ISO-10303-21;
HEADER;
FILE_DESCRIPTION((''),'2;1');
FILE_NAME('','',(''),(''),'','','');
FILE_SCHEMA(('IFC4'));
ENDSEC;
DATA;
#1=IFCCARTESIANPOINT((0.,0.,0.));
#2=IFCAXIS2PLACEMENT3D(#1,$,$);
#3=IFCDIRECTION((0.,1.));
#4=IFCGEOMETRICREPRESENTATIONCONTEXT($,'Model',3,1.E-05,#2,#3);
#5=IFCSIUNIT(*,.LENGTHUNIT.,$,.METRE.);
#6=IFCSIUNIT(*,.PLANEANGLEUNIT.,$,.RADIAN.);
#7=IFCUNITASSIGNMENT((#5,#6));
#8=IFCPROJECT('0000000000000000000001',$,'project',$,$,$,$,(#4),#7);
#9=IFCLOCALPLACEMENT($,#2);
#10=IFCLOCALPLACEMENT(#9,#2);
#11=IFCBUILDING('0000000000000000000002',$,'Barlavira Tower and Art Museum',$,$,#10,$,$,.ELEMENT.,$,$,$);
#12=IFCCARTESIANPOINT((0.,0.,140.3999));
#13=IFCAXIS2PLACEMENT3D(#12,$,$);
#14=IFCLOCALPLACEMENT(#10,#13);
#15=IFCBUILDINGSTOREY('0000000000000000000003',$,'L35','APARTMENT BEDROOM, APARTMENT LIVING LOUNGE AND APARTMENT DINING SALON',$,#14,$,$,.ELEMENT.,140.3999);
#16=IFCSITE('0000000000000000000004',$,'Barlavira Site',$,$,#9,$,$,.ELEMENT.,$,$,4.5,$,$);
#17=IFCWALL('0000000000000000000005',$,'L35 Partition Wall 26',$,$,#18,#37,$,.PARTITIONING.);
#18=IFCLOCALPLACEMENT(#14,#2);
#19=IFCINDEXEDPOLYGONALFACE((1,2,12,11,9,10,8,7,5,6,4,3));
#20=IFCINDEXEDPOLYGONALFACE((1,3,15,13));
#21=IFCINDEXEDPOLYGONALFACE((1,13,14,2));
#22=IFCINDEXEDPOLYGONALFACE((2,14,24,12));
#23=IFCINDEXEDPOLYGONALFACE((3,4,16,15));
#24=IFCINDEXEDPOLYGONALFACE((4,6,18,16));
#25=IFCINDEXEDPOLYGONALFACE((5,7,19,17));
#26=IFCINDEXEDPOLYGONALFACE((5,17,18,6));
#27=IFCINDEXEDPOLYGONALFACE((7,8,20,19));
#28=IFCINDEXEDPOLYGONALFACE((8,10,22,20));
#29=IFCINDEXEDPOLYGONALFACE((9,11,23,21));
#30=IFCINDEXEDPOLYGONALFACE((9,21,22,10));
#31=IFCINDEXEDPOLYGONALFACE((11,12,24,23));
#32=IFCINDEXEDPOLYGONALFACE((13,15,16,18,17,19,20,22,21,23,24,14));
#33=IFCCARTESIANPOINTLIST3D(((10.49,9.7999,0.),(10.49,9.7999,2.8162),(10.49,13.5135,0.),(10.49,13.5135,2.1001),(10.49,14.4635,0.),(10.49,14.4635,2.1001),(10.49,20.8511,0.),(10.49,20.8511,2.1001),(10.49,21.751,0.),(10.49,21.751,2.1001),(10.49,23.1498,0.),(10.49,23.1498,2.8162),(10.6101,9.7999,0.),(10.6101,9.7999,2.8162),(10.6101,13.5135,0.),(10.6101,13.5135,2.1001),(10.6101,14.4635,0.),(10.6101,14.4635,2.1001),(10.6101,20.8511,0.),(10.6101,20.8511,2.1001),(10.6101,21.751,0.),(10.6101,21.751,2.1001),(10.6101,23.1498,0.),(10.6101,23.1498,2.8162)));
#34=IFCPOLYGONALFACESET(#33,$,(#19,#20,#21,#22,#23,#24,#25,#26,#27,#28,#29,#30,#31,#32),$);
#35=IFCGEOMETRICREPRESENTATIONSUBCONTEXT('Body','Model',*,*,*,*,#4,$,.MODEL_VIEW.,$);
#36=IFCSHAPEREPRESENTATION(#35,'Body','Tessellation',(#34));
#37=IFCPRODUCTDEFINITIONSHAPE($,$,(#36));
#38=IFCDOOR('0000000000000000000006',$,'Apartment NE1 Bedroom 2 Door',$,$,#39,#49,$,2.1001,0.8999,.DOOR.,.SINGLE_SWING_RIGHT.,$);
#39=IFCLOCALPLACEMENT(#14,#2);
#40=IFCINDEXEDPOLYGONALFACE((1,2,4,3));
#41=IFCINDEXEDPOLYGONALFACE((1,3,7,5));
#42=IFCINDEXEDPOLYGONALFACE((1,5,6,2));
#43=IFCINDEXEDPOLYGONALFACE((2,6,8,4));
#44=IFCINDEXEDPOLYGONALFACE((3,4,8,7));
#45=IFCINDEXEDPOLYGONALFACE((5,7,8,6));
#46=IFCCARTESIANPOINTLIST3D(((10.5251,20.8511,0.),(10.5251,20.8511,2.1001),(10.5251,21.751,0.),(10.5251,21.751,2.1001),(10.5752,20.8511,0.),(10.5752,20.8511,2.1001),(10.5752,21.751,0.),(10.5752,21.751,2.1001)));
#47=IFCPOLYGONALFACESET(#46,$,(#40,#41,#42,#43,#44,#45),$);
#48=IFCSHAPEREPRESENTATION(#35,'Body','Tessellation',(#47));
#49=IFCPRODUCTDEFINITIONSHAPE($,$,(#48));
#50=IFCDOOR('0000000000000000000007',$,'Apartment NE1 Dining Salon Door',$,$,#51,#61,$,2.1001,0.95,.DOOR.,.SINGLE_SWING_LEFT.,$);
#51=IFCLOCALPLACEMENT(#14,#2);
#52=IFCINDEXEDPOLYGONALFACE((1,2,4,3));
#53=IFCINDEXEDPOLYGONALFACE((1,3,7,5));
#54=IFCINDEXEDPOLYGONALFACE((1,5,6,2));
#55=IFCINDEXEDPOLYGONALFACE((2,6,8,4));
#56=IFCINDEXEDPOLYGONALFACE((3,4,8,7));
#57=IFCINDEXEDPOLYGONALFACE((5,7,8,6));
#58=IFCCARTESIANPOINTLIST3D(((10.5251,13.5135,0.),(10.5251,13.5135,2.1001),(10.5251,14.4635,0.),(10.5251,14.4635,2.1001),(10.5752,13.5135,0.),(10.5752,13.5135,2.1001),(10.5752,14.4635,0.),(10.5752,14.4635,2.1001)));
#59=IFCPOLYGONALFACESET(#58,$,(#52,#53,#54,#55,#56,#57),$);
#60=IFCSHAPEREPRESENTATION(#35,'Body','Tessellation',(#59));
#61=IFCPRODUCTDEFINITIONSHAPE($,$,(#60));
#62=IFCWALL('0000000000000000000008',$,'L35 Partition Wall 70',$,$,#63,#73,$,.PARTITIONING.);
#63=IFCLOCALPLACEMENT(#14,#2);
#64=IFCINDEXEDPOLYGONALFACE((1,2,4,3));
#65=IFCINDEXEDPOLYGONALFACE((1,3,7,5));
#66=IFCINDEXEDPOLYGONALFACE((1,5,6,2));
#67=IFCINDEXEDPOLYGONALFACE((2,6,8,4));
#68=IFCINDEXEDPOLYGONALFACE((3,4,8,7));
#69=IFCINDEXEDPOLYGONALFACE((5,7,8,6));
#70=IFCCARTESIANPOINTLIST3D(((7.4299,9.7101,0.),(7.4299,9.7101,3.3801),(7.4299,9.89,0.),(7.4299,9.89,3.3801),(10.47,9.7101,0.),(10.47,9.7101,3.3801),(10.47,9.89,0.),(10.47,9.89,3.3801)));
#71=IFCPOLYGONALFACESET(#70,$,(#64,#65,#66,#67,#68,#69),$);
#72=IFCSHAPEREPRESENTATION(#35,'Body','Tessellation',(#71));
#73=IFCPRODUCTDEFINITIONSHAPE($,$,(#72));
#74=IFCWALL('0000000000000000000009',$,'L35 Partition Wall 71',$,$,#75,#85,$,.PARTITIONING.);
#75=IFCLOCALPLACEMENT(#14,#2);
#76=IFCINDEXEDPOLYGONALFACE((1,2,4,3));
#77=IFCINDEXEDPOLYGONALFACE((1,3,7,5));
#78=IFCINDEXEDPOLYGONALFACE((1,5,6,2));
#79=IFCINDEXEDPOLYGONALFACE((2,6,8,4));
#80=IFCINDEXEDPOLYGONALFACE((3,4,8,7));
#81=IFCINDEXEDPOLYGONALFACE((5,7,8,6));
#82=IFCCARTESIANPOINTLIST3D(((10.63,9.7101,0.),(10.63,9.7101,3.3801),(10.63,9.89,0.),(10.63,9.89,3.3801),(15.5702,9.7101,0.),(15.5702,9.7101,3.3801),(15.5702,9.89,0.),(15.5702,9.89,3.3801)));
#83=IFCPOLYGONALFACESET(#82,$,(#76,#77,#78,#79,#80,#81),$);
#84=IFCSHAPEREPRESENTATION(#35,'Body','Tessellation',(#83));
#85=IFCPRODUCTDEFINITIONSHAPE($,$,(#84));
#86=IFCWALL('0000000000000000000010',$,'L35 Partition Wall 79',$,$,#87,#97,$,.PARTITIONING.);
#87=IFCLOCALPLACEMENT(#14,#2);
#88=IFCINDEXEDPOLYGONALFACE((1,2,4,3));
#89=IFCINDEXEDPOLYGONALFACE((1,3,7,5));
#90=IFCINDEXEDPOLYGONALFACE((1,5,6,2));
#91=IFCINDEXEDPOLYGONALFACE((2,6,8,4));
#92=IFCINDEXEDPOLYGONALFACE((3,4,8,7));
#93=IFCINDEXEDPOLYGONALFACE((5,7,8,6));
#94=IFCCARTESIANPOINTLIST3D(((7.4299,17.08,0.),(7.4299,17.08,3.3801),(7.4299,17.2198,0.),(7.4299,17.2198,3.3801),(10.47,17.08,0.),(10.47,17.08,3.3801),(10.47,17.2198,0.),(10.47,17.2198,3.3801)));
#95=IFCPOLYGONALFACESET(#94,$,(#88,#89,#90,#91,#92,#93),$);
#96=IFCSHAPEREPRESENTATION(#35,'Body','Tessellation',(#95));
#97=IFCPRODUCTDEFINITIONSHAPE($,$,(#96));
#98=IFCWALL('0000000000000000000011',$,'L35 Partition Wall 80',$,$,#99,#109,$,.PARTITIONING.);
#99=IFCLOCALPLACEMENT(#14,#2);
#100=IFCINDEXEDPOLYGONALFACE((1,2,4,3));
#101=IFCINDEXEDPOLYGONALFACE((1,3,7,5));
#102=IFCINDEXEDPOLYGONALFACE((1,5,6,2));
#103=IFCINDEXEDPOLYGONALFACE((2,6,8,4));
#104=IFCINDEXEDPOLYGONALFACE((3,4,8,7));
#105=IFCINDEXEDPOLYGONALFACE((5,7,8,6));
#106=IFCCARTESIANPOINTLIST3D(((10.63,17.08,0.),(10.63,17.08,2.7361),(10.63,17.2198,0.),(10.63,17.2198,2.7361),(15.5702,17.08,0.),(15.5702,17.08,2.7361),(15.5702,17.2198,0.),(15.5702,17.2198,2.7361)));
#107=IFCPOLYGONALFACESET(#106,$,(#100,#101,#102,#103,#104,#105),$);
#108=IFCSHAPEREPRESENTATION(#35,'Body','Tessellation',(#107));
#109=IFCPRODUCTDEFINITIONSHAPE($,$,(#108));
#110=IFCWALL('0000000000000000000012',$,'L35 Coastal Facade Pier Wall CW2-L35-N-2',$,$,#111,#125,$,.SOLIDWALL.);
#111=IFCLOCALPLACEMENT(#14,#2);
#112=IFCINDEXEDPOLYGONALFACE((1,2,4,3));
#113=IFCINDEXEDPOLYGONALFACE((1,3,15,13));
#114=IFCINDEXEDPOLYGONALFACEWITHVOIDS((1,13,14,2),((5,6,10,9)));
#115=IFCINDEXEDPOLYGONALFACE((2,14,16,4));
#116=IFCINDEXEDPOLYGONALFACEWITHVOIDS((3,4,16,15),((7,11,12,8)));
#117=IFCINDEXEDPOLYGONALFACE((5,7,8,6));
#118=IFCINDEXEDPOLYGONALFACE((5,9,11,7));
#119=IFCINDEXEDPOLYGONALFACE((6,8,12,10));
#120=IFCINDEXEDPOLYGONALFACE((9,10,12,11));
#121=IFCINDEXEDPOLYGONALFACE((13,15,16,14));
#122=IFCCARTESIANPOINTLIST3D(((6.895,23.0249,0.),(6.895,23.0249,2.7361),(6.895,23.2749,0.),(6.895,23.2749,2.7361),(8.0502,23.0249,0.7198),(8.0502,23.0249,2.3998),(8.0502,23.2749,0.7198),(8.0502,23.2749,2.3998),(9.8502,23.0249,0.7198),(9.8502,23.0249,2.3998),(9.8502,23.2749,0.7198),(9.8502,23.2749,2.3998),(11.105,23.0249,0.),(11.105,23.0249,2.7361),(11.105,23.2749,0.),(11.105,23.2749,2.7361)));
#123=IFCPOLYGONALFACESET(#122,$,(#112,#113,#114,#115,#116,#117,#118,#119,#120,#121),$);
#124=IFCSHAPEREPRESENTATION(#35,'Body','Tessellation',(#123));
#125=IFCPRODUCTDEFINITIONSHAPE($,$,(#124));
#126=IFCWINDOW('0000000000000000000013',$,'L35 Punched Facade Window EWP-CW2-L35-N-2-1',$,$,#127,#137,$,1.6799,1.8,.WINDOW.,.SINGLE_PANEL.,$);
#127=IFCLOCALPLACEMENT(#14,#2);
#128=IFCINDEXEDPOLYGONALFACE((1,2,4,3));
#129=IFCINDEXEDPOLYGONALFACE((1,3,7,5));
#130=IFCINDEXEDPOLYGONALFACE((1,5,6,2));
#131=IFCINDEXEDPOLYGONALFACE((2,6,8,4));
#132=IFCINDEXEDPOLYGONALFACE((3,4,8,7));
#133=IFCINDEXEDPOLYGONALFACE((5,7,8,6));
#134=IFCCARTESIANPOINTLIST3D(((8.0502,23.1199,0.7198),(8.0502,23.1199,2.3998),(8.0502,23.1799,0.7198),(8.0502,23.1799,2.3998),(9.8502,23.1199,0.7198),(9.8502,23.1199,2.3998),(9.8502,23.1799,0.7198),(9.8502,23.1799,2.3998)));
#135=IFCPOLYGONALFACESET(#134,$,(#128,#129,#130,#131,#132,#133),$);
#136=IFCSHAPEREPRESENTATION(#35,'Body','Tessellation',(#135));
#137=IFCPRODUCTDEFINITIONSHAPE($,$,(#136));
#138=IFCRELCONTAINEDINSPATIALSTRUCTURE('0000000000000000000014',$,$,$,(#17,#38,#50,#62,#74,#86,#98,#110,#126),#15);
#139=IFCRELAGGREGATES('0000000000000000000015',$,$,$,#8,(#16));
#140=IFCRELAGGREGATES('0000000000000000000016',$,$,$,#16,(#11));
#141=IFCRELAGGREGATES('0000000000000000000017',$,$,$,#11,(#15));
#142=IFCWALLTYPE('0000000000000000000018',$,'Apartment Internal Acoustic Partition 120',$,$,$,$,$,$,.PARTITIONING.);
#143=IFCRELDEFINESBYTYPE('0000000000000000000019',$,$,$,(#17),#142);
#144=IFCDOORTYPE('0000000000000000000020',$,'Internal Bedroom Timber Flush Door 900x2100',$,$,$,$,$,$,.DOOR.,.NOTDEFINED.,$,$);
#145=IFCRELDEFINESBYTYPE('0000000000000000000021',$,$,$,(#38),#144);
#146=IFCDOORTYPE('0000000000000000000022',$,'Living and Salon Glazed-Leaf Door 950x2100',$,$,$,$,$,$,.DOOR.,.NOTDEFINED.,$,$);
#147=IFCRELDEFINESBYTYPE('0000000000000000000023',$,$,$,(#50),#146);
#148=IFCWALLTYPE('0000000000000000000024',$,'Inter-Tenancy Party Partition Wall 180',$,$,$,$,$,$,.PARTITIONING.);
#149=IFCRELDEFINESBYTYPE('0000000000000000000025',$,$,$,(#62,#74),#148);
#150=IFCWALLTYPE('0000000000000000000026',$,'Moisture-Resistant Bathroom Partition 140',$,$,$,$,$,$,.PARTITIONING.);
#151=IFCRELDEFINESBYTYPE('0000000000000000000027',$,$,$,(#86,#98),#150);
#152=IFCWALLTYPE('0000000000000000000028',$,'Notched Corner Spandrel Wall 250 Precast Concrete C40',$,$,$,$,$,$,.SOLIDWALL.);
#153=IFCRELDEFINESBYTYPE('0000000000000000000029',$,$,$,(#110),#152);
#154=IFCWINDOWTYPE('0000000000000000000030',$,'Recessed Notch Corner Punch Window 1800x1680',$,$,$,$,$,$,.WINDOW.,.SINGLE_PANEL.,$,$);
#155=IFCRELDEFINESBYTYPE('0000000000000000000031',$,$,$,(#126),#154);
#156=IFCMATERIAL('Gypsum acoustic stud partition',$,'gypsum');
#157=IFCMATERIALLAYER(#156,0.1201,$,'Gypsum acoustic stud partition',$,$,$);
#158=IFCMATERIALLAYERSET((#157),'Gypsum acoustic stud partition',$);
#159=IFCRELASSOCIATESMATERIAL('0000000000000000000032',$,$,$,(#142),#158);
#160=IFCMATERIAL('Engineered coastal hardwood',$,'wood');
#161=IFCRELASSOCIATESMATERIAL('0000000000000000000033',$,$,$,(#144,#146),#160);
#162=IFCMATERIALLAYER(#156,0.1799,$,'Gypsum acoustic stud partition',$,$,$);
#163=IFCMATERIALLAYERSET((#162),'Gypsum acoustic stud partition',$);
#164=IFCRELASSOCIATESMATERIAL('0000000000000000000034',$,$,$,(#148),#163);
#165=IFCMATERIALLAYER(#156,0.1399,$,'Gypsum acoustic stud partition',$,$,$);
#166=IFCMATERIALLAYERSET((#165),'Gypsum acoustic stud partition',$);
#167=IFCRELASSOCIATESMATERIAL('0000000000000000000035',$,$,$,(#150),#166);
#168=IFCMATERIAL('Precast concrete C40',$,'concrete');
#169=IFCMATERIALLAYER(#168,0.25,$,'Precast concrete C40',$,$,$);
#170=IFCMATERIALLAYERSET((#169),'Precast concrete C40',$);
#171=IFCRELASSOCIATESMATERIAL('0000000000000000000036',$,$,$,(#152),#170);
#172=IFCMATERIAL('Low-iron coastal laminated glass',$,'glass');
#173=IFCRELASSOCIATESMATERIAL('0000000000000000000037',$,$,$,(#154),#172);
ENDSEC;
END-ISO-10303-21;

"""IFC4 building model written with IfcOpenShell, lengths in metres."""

from ifc_helpers import new_model, si_unit, direction, frame, frame_2d, origin, place, context, subcontext, project, spatial, rectangle, extrude, material, layer, layer_set, type_object, element, fill, save


model = new_model("IFC4")

# Units and contexts
model_context = context("Model", 3, precision=1e-05, world=origin(), true_north=direction((0.0, 1.0)))
body_context = subcontext(model_context, "Body", "Model", "MODEL_VIEW")
ifc_project = project(units=[si_unit("LENGTHUNIT", "METRE"), si_unit("PLANEANGLEUNIT", "RADIAN")], contexts=[model_context])

# Site, building, storey
site_placement = place(None, origin())
site = spatial("IfcSite", under=ifc_project, at=site_placement, Name="Barlavira Site", CompositionType="ELEMENT", RefElevation=4.5)
building_placement = place(site_placement, origin())
building = spatial("IfcBuilding", under=site, at=building_placement, Name="Barlavira Tower and Art Museum", CompositionType="ELEMENT")
storey_placement = place(building_placement, frame((0.0, 0.0, 140.3999)))
storey = spatial("IfcBuildingStorey", under=building, at=storey_placement, Name="L35", Description="APARTMENT BEDROOM, APARTMENT LIVING LOUNGE AND APARTMENT DINING SALON", CompositionType="ELEMENT", Elevation=140.3999)

# Wall, openings, doors
ifc_material_1 = material(Name="Gypsum acoustic stud partition", Category="gypsum")
ifc_layer_1 = layer(ifc_material_1, 0.1201, Name="Gypsum acoustic stud partition")
ifc_layer_set_1 = layer_set([ifc_layer_1], Name="Gypsum acoustic stud partition")
wall_type_1 = type_object("IfcWallType", Name="Apartment Internal Acoustic Partition 120", PredefinedType="PARTITIONING", material=ifc_layer_set_1)
ifc_material_2 = material(Name="Engineered coastal hardwood", Category="wood")
door_type_1 = type_object("IfcDoorType", Name="Internal Bedroom Timber Flush Door 900x2100", OperationType="NOTDEFINED", PredefinedType="DOOR", material=ifc_material_2)
door_type_2 = type_object("IfcDoorType", Name="Living and Salon Glazed-Leaf Door 950x2100", OperationType="NOTDEFINED", PredefinedType="DOOR", material=ifc_material_2)
wall_1_placement = place(storey_placement, frame((10.55, 9.8, 0.0), z_axis=(0.0, 0.0, 1.0), x_axis=(0.0, 1.0, 0.0)))
wall_1 = element("IfcWall", 1, at=wall_1_placement, inside=storey, type_object=wall_type_1, Name="L35 Partition Wall 26", PredefinedType="PARTITIONING", context=body_context, shape_type="SweptSolid", body=[
    extrude(rectangle(XDim=13.3499, YDim=0.1201, at=frame_2d((6.6748, 0.0))), origin(), (0.0, 0.0, 1.0), 2.8162),
])
opening_1_placement = place(wall_1_placement, frame((3.7134, 0.0, 0.0)))
opening_1 = element("IfcOpeningElement", 2, at=opening_1_placement, cuts=wall_1, PredefinedType="OPENING", context=body_context, shape_type="SweptSolid", body=[
    extrude(rectangle(XDim=0.95, YDim=2.1001, at=frame_2d((0.4751, 1.05))), frame((0.0, 0.0701, 0.0), z_axis=(0.0, -1.0, 0.0), x_axis=(1.0, 0.0, 0.0)), (0.0, 0.0, 1.0), 0.1401),
])
opening_2_placement = place(wall_1_placement, frame((11.051, 0.0, 0.0)))
opening_2 = element("IfcOpeningElement", 3, at=opening_2_placement, cuts=wall_1, PredefinedType="OPENING", context=body_context, shape_type="SweptSolid", body=[
    extrude(rectangle(XDim=0.8999, YDim=2.1001, at=frame_2d((0.45, 1.05))), frame((0.0, 0.0701, 0.0), z_axis=(0.0, -1.0, 0.0), x_axis=(1.0, 0.0, 0.0)), (0.0, 0.0, 1.0), 0.1401),
])
door_1_placement = place(opening_2_placement, origin())
door_1 = element("IfcDoor", 4, at=door_1_placement, inside=storey, type_object=door_type_1, Name="Apartment NE1 Bedroom 2 Door", OperationType="SINGLE_SWING_RIGHT", OverallHeight=2.1001, OverallWidth=0.8999, PredefinedType="DOOR", context=body_context, shape_type="SweptSolid", body=[
    extrude(rectangle(XDim=0.8999, YDim=2.1001, at=frame_2d((0.45, 1.05))), frame((0.0, 0.0249, 0.0), z_axis=(0.0, -1.0, 0.0), x_axis=(1.0, 0.0, 0.0)), (0.0, 0.0, 1.0), 0.05),
])
fill(opening_2, door_1)
door_2_placement = place(opening_1_placement, origin())
door_2 = element("IfcDoor", 5, at=door_2_placement, inside=storey, type_object=door_type_2, Name="Apartment NE1 Dining Salon Door", OperationType="SINGLE_SWING_LEFT", OverallHeight=2.1001, OverallWidth=0.95, PredefinedType="DOOR", context=body_context, shape_type="SweptSolid", body=[
    extrude(rectangle(XDim=0.95, YDim=2.1001, at=frame_2d((0.4751, 1.05))), frame((0.0, 0.0249, 0.0), z_axis=(0.0, -1.0, 0.0), x_axis=(1.0, 0.0, 0.0)), (0.0, 0.0, 1.0), 0.05),
])
fill(opening_1, door_2)

# Walls
ifc_layer_2 = layer(ifc_material_1, 0.1799, Name="Gypsum acoustic stud partition")
ifc_layer_set_2 = layer_set([ifc_layer_2], Name="Gypsum acoustic stud partition")
wall_type_2 = type_object("IfcWallType", Name="Inter-Tenancy Party Partition Wall 180", PredefinedType="PARTITIONING", material=ifc_layer_set_2)
wall_2_placement = place(storey_placement, frame((7.4299, 9.8, 0.0), z_axis=(0.0, 0.0, 1.0), x_axis=(1.0, 0.0, 0.0)))
element("IfcWall", 6, at=wall_2_placement, inside=storey, type_object=wall_type_2, Name="L35 Partition Wall 70", PredefinedType="PARTITIONING", context=body_context, shape_type="SweptSolid", body=[
    extrude(rectangle(XDim=3.04, YDim=0.1799, at=frame_2d((1.52, 0.0))), origin(), (0.0, 0.0, 1.0), 3.3801),
])
wall_3_placement = place(storey_placement, frame((10.6299, 9.8, 0.0), z_axis=(0.0, 0.0, 1.0), x_axis=(1.0, 0.0, 0.0)))
element("IfcWall", 7, at=wall_3_placement, inside=storey, type_object=wall_type_2, Name="L35 Partition Wall 71", PredefinedType="PARTITIONING", context=body_context, shape_type="SweptSolid", body=[
    extrude(rectangle(XDim=4.9402, YDim=0.1799, at=frame_2d((2.4702, 0.0))), origin(), (0.0, 0.0, 1.0), 3.3801),
])
ifc_layer_3 = layer(ifc_material_1, 0.1399, Name="Gypsum acoustic stud partition")
ifc_layer_set_3 = layer_set([ifc_layer_3], Name="Gypsum acoustic stud partition")
wall_type_3 = type_object("IfcWallType", Name="Moisture-Resistant Bathroom Partition 140", PredefinedType="PARTITIONING", material=ifc_layer_set_3)
wall_4_placement = place(storey_placement, frame((7.4299, 17.1499, 0.0), z_axis=(0.0, 0.0, 1.0), x_axis=(1.0, 0.0, 0.0)))
element("IfcWall", 8, at=wall_4_placement, inside=storey, type_object=wall_type_3, Name="L35 Partition Wall 79", PredefinedType="PARTITIONING", context=body_context, shape_type="SweptSolid", body=[
    extrude(rectangle(XDim=3.04, YDim=0.1399, at=frame_2d((1.52, 0.0))), origin(), (0.0, 0.0, 1.0), 3.3801),
])
wall_5_placement = place(storey_placement, frame((10.6299, 17.1499, 0.0), z_axis=(0.0, 0.0, 1.0), x_axis=(1.0, 0.0, 0.0)))
element("IfcWall", 9, at=wall_5_placement, inside=storey, type_object=wall_type_3, Name="L35 Partition Wall 80", PredefinedType="PARTITIONING", context=body_context, shape_type="SweptSolid", body=[
    extrude(rectangle(XDim=4.9402, YDim=0.1399, at=frame_2d((2.4702, 0.0))), origin(), (0.0, 0.0, 1.0), 2.7361),
])

# Wall, opening, window
ifc_material_3 = material(Name="Precast concrete C40", Category="concrete")
ifc_layer_4 = layer(ifc_material_3, 0.25, Name="Precast concrete C40")
ifc_layer_set_4 = layer_set([ifc_layer_4], Name="Precast concrete C40")
wall_type_4 = type_object("IfcWallType", Name="Notched Corner Spandrel Wall 250 Precast Concrete C40", PredefinedType="SOLIDWALL", material=ifc_layer_set_4)
wall_6_placement = place(storey_placement, frame((11.105, 23.1499, 0.0), z_axis=(0.0, 0.0, 1.0), x_axis=(-1.0, 0.0, 0.0)))
wall_6 = element("IfcWall", 10, at=wall_6_placement, inside=storey, type_object=wall_type_4, Name="L35 Coastal Facade Pier Wall CW2-L35-N-2", PredefinedType="SOLIDWALL", context=body_context, shape_type="SweptSolid", body=[
    extrude(rectangle(XDim=4.21, YDim=0.25, at=frame_2d((2.105, 0.0))), origin(), (0.0, 0.0, 1.0), 2.7361),
])
opening_3_placement = place(wall_6_placement, frame((1.2549, 0.0, 0.72)))
opening_3 = element("IfcOpeningElement", 11, at=opening_3_placement, cuts=wall_6, PredefinedType="OPENING", context=body_context, shape_type="SweptSolid", body=[
    extrude(rectangle(XDim=1.8, YDim=1.6799, at=frame_2d((0.8999, 0.8398))), frame((0.0, 0.135, 0.0), z_axis=(0.0, -1.0, 0.0), x_axis=(1.0, 0.0, 0.0)), (0.0, 0.0, 1.0), 0.27),
])
ifc_material_4 = material(Name="Low-iron coastal laminated glass", Category="glass")
window_type = type_object("IfcWindowType", Name="Recessed Notch Corner Punch Window 1800x1680", PartitioningType="SINGLE_PANEL", PredefinedType="WINDOW", material=ifc_material_4)
window_placement = place(opening_3_placement, origin())
window = element("IfcWindow", 12, at=window_placement, inside=storey, type_object=window_type, Name="L35 Punched Facade Window EWP-CW2-L35-N-2-1", OverallHeight=1.6799, OverallWidth=1.8, PartitioningType="SINGLE_PANEL", PredefinedType="WINDOW", context=body_context, shape_type="SweptSolid", body=[
    extrude(rectangle(XDim=1.8, YDim=1.6799, at=frame_2d((0.8999, 0.8398))), frame((0.0, 0.03, 0.0), z_axis=(0.0, -1.0, 0.0), x_axis=(1.0, 0.0, 0.0)), (0.0, 0.0, 1.0), 0.0601),
])
fill(opening_3, window)

save(model, "model.ifc")
